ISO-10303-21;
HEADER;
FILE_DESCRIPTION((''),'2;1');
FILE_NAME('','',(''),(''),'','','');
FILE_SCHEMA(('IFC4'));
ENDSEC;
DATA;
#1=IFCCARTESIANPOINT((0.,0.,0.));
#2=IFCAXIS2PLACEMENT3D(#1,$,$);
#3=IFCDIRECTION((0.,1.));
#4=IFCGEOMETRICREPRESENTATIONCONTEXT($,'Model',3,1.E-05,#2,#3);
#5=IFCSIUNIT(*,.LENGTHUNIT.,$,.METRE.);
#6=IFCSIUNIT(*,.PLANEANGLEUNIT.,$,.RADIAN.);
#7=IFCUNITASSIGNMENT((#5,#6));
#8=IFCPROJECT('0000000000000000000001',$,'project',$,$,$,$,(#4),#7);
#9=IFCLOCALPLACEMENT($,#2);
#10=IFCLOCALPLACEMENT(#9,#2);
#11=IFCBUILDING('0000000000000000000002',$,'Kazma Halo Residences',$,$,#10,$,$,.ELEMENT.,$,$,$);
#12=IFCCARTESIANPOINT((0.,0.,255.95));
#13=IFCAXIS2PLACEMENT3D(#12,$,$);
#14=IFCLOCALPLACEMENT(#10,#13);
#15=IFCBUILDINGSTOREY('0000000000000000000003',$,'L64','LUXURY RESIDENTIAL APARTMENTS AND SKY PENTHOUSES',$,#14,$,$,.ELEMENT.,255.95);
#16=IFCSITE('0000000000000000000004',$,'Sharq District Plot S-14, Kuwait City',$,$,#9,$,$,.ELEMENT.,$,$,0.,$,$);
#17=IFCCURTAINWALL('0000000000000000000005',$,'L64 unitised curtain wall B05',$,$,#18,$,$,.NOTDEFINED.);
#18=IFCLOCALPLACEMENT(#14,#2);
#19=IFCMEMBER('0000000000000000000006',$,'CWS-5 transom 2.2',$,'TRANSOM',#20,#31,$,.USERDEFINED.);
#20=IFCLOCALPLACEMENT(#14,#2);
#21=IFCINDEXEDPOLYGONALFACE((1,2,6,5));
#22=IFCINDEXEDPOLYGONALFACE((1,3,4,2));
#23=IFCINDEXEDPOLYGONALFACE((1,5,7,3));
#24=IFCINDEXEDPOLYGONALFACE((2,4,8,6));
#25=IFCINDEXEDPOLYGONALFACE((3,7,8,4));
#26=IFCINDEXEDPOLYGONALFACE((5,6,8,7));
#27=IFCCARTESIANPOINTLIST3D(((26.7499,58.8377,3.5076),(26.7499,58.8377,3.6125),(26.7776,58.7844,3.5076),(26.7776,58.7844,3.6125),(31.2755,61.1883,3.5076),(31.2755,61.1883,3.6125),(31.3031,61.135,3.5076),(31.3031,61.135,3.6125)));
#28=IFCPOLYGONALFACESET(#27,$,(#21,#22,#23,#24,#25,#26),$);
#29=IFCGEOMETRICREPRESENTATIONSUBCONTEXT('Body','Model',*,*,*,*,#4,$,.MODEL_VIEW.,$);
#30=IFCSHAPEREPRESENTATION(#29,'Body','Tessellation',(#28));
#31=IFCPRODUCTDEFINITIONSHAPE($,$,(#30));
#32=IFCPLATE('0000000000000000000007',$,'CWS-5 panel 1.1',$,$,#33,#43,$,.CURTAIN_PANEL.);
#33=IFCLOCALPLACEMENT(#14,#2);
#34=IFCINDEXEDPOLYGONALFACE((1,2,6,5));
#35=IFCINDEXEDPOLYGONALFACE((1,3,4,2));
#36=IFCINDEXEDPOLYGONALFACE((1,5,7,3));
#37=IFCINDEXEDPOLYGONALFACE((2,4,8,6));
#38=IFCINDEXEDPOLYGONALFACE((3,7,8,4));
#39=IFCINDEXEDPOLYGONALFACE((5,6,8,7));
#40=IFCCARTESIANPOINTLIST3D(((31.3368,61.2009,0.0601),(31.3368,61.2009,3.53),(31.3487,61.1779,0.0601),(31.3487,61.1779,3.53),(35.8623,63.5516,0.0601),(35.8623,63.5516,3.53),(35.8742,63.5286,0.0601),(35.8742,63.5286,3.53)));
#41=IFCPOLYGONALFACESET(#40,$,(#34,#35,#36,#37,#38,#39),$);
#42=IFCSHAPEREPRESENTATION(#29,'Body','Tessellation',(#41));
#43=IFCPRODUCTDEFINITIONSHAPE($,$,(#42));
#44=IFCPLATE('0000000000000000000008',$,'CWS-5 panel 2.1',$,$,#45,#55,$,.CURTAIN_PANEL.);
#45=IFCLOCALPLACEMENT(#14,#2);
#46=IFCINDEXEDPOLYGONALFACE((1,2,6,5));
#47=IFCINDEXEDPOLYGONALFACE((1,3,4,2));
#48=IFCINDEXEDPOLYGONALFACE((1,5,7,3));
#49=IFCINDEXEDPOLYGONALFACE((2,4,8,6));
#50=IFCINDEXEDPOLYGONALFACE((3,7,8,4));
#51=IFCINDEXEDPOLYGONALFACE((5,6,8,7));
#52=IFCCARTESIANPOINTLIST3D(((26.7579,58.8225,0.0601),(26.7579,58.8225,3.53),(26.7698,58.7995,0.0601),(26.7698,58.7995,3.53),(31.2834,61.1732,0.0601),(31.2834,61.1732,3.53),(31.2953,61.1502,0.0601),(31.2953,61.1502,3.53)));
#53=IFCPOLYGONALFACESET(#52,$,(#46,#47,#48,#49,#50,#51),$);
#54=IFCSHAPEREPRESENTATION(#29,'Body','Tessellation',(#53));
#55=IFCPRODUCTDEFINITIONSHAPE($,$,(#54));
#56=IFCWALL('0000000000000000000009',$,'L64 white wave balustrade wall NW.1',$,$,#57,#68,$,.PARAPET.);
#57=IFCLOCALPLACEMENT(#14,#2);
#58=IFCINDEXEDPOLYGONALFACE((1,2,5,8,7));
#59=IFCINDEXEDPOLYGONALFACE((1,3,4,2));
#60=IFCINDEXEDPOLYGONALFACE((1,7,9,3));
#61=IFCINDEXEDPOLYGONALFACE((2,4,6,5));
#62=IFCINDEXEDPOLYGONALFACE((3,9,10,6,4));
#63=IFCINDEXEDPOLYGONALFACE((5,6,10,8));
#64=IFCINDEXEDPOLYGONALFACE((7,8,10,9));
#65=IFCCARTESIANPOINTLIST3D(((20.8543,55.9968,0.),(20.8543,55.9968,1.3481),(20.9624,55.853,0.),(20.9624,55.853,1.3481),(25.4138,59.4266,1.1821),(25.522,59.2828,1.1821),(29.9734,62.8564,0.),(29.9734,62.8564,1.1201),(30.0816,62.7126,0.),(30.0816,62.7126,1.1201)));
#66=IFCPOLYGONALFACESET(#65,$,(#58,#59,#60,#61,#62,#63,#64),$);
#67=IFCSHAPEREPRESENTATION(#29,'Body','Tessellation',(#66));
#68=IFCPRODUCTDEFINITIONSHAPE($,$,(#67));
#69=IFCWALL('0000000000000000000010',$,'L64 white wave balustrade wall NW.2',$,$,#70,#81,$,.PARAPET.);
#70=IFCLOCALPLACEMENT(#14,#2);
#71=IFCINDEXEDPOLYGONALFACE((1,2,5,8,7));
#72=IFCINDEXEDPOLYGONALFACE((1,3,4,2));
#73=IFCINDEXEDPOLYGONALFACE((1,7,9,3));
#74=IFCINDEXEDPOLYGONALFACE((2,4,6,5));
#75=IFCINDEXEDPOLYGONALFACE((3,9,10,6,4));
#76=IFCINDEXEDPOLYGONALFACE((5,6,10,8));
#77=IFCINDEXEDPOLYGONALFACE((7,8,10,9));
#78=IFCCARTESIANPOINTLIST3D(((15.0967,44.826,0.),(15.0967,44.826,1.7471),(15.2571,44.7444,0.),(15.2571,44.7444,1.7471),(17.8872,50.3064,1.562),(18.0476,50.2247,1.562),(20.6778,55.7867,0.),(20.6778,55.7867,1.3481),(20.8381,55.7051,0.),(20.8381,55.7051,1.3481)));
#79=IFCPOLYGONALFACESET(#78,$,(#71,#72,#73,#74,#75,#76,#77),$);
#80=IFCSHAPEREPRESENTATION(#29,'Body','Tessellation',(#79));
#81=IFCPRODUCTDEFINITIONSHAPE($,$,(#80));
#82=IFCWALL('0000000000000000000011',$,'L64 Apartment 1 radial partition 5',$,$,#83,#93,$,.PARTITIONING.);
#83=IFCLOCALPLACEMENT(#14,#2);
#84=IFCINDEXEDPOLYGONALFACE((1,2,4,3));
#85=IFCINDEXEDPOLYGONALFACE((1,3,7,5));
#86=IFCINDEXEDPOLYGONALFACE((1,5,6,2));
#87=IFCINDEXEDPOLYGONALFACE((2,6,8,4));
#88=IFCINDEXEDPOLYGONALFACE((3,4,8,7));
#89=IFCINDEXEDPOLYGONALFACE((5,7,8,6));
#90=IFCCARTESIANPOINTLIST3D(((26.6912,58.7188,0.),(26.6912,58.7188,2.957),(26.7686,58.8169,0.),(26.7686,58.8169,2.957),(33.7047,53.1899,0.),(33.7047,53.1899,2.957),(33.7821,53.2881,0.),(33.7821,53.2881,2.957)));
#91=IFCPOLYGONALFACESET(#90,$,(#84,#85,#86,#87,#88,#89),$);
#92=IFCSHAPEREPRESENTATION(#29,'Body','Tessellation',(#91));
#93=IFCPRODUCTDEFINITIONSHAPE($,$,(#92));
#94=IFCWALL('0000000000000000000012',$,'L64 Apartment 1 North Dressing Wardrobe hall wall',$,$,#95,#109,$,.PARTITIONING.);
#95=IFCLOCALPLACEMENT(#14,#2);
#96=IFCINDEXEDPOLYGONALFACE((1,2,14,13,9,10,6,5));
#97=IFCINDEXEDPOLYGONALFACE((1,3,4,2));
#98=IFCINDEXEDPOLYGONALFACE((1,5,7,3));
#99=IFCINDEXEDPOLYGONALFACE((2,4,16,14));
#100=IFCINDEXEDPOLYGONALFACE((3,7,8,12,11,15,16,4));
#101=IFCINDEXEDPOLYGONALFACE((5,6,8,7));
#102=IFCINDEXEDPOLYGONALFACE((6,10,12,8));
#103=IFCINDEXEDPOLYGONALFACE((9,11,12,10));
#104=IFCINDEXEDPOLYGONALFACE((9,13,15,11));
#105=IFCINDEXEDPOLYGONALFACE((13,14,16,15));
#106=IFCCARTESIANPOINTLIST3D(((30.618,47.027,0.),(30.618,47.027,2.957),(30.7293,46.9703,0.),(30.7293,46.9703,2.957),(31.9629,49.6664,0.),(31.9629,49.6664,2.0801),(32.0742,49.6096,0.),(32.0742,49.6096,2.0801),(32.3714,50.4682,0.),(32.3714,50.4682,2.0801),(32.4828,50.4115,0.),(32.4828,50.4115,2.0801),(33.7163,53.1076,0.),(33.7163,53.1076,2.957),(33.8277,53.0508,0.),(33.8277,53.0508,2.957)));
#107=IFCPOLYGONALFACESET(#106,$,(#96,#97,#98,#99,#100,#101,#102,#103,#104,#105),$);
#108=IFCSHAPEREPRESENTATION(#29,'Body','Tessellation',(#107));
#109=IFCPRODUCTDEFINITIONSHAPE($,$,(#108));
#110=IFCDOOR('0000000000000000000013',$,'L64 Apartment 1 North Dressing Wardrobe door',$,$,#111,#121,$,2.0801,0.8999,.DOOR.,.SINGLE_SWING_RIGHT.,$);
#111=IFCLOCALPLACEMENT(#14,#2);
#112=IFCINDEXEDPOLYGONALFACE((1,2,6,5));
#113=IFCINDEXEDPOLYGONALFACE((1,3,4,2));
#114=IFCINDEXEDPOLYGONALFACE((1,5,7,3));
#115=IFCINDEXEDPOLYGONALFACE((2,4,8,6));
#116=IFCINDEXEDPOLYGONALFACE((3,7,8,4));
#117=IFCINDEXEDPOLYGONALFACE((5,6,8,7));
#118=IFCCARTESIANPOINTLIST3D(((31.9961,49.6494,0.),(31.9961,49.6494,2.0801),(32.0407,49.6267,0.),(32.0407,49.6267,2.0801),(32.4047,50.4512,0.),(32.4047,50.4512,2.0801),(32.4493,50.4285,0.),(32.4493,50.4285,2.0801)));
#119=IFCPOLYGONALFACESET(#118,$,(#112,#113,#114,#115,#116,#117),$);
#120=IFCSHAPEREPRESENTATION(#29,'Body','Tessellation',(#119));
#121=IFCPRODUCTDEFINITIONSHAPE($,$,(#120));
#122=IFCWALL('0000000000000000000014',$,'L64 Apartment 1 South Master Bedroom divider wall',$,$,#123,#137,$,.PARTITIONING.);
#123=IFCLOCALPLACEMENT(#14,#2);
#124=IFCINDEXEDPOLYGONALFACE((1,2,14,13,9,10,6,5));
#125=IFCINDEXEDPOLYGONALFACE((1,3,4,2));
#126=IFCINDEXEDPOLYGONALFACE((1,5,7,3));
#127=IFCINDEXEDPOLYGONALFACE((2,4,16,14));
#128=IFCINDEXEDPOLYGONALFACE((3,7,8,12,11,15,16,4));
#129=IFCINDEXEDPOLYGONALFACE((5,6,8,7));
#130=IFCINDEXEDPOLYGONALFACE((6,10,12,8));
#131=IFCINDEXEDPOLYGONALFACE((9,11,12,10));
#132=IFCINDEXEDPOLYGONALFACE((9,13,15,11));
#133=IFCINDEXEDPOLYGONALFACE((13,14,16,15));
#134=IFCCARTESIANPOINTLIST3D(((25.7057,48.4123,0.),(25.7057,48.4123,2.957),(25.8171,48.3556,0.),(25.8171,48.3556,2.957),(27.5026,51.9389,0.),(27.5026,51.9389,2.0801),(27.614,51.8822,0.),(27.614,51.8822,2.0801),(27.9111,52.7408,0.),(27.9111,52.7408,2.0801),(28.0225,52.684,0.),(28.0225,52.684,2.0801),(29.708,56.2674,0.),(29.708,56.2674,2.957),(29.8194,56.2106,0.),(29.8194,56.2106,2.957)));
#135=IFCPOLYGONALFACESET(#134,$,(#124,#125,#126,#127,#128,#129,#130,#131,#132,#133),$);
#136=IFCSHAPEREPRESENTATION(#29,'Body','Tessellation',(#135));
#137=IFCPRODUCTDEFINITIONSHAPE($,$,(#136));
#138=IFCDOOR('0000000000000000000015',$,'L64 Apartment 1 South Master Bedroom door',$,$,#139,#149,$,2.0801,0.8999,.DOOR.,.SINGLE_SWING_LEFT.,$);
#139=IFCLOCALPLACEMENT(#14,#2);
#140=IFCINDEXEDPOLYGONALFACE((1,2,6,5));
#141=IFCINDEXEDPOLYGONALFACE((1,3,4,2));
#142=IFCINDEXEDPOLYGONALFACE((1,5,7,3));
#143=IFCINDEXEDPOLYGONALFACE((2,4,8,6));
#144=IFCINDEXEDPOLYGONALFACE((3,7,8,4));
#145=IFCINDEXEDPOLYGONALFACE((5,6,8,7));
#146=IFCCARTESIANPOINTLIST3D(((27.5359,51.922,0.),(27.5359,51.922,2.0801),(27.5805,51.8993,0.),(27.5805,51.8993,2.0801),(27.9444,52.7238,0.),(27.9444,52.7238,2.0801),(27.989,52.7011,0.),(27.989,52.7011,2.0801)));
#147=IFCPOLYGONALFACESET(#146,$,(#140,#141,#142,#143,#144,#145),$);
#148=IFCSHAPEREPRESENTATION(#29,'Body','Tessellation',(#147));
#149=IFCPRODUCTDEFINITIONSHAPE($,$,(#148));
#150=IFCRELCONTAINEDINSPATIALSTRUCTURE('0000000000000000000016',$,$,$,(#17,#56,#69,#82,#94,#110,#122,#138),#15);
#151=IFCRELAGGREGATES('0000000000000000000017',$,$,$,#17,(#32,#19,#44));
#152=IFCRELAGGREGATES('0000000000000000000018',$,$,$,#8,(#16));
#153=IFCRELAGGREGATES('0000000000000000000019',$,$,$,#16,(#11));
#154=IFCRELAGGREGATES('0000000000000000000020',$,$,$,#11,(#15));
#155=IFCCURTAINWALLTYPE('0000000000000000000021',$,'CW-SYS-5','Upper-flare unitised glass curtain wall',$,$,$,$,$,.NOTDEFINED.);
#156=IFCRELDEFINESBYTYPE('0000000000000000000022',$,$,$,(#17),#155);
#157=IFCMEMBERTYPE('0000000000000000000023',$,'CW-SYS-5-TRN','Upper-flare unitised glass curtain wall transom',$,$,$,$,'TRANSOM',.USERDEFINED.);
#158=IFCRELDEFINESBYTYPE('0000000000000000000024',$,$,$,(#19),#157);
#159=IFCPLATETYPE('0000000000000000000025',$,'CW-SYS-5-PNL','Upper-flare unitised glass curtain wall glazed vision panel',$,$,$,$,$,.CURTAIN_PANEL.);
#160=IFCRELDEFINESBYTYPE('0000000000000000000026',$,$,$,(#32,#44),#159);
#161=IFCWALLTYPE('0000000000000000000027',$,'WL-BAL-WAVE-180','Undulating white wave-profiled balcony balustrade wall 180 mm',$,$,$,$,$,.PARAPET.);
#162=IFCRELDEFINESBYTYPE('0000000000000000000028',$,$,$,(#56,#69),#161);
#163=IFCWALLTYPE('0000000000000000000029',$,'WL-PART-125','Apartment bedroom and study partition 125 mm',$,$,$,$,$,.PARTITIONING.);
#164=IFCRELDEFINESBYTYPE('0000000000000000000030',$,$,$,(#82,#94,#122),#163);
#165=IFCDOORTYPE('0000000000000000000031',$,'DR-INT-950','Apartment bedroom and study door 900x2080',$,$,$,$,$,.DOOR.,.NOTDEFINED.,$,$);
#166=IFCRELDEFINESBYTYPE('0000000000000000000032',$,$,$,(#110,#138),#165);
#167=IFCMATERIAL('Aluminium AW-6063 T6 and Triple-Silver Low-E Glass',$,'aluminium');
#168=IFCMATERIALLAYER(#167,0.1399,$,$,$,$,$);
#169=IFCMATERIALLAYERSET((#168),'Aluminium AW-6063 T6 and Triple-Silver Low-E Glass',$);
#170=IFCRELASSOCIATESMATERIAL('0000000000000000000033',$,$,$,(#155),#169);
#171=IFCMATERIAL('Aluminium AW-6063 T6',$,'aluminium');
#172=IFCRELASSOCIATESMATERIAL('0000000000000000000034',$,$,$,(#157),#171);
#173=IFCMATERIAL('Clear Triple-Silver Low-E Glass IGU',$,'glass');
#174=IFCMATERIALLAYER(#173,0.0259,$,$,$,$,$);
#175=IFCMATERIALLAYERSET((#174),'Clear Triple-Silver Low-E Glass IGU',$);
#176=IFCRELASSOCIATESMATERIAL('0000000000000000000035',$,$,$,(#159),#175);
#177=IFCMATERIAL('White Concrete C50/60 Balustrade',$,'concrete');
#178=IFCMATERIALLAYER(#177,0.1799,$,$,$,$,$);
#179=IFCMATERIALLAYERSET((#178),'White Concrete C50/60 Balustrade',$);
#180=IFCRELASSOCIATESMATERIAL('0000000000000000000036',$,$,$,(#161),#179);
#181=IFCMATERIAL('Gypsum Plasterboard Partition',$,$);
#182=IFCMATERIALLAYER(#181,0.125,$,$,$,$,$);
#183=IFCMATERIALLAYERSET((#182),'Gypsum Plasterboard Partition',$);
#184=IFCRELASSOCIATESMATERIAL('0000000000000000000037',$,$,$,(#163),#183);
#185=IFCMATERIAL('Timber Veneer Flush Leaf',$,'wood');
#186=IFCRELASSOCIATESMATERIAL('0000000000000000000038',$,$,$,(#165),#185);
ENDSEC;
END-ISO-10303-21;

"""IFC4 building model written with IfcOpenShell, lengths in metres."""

from ifc_helpers import new_model, si_unit, direction, frame, frame_2d, origin, origin_2d, place, context, subcontext, project, spatial, polyline, rectangle, outline, extrude, material, layer, layer_set, material_profile, profile_set, type_object, element, fill, aggregate, save


model = new_model("IFC4")

# Units and contexts
model_context = context("Model", 3, precision=1e-05, world=origin(), true_north=direction((0.0, 1.0)))
body_context = subcontext(model_context, "Body", "Model", "MODEL_VIEW")
ifc_project = project(units=[si_unit("LENGTHUNIT", "METRE"), si_unit("PLANEANGLEUNIT", "RADIAN")], contexts=[model_context])

# Site, building, storey
site_placement = place(None, origin())
site = spatial("IfcSite", under=ifc_project, at=site_placement, Name="Sharq District Plot S-14, Kuwait City", CompositionType="ELEMENT", RefElevation=0.0)
building_placement = place(site_placement, origin())
building = spatial("IfcBuilding", under=site, at=building_placement, Name="Kazma Halo Residences", CompositionType="ELEMENT")
storey_placement = place(building_placement, frame((0.0, 0.0, 255.95)))
storey = spatial("IfcBuildingStorey", under=building, at=storey_placement, Name="L64", Description="LUXURY RESIDENTIAL APARTMENTS AND SKY PENTHOUSES", CompositionType="ELEMENT", Elevation=255.95)

# Curtain wall
ifc_material_1 = material(Name="Aluminium AW-6063 T6 and Triple-Silver Low-E Glass", Category="aluminium")
ifc_layer_1 = layer(ifc_material_1, 0.1399)
ifc_layer_set_1 = layer_set([ifc_layer_1], Name="Aluminium AW-6063 T6 and Triple-Silver Low-E Glass")
curtain_wall_type = type_object("IfcCurtainWallType", Name="CW-SYS-5", Description="Upper-flare unitised glass curtain wall", PredefinedType="NOTDEFINED", material=ifc_layer_set_1)
curtain_wall_1_placement = place(storey_placement, origin())
curtain_wall_1 = element("IfcCurtainWall", 1, at=curtain_wall_1_placement, inside=storey, type_object=curtain_wall_type, Name="L64 unitised curtain wall B05", PredefinedType="NOTDEFINED")
ifc_material_2 = material(Name="Aluminium AW-6063 T6", Category="aluminium")

# Member
ifc_material_profile_1 = material_profile(ifc_material_2, rectangle(XDim=0.0601, YDim=0.105, at=origin_2d()), Name="CWT-60x105")
ifc_profile_set_1 = profile_set([ifc_material_profile_1], Name="Aluminium AW-6063 T6")
member_type_1 = type_object("IfcMemberType", Name="CW-SYS-5-TRN", Description="Upper-flare unitised glass curtain wall transom", ElementType="TRANSOM", PredefinedType="USERDEFINED", material=ifc_profile_set_1)
member_1_placement = place(storey_placement, frame((31.2893, 61.1616, 3.5601), z_axis=(-0.887437, -0.460929, 0.0), x_axis=(0.460929, -0.887437, 0.0)))
member_1 = element("IfcMember", 2, at=member_1_placement, type_object=member_type_1, Name="CWS-5 transom 2.2", ObjectType="TRANSOM", PredefinedType="USERDEFINED", context=body_context, shape_type="SweptSolid", body=[
    extrude(rectangle(XDim=0.0601, YDim=0.105, at=origin_2d()), origin(), (0.0, 0.0, 1.0), 5.0996),
])

# Plates
ifc_material_3 = material(Name="Clear Triple-Silver Low-E Glass IGU", Category="glass")
ifc_layer_2 = layer(ifc_material_3, 0.0259)
ifc_layer_set_2 = layer_set([ifc_layer_2], Name="Clear Triple-Silver Low-E Glass IGU")
plate_type = type_object("IfcPlateType", Name="CW-SYS-5-PNL", Description="Upper-flare unitised glass curtain wall glazed vision panel", PredefinedType="CURTAIN_PANEL", material=ifc_layer_set_2)
plate_1_placement = place(storey_placement, frame((33.6055, 62.3647, 0.0601), z_axis=(0.0, 0.0, 1.0), x_axis=(-0.887421, -0.460961, 0.0)))
plate_1 = element("IfcPlate", 3, at=plate_1_placement, type_object=plate_type, Name="CWS-5 panel 1.1", PredefinedType="CURTAIN_PANEL", context=body_context, shape_type="SweptSolid", body=[
    extrude(rectangle(XDim=5.0996, YDim=0.0259, at=origin_2d()), origin(), (0.0, 0.0, 1.0), 3.47),
])
plate_2_placement = place(storey_placement, frame((29.0266, 59.9863, 0.0601), z_axis=(0.0, 0.0, 1.0), x_axis=(-0.887421, -0.460961, 0.0)))
plate_2 = element("IfcPlate", 4, at=plate_2_placement, type_object=plate_type, Name="CWS-5 panel 2.1", PredefinedType="CURTAIN_PANEL", context=body_context, shape_type="SweptSolid", body=[
    extrude(rectangle(XDim=5.0996, YDim=0.0259, at=origin_2d()), origin(), (0.0, 0.0, 1.0), 3.47),
])
aggregate(curtain_wall_1, [plate_1, member_1, plate_2])

# Walls
ifc_material_4 = material(Name="White Concrete C50/60 Balustrade", Category="concrete")
ifc_layer_3 = layer(ifc_material_4, 0.1799)
ifc_layer_set_3 = layer_set([ifc_layer_3], Name="White Concrete C50/60 Balustrade")
wall_type_1 = type_object("IfcWallType", Name="WL-BAL-WAVE-180", Description="Undulating white wave-profiled balcony balustrade wall 180 mm", PredefinedType="PARAPET", material=ifc_layer_set_3)
wall_1_placement = place(storey_placement, frame((30.0276, 62.7844, 0.0), z_axis=(0.0, 0.0, 1.0), x_axis=(-0.799147, -0.601136, 0.0)))
element("IfcWall", 5, at=wall_1_placement, inside=storey, type_object=wall_type_1, Name="L64 white wave balustrade wall NW.1", PredefinedType="PARAPET", context=body_context, shape_type="SweptSolid", body=[
    extrude(outline(polyline([(0.0, 0.0), (11.4111, 0.0), (11.4111, 1.3481), (5.7056, 1.1821), (0.0, 1.1201), (0.0, 0.0)])), frame((0.0, 0.0898, 0.0), z_axis=(0.0, -1.0, 0.0), x_axis=(1.0, 0.0, 0.0)), (0.0, 0.0, 1.0), 0.1799),
])
wall_2_placement = place(storey_placement, frame((20.7581, 55.7458, 0.0), z_axis=(0.0, 0.0, 1.0), x_axis=(-0.453752, -0.891128, 0.0)))
element("IfcWall", 6, at=wall_2_placement, inside=storey, type_object=wall_type_1, Name="L64 white wave balustrade wall NW.2", PredefinedType="PARAPET", context=body_context, shape_type="SweptSolid", body=[
    extrude(outline(polyline([(0.0, 0.0), (12.2998, 0.0), (12.2998, 1.7471), (6.1499, 1.562), (0.0, 1.3481), (0.0, 0.0)])), frame((0.0, 0.0898, 0.0), z_axis=(0.0, -1.0, 0.0), x_axis=(1.0, 0.0, 0.0)), (0.0, 0.0, 1.0), 0.1799),
])

# Wall
ifc_material_5 = material(Name="Gypsum Plasterboard Partition")
ifc_layer_4 = layer(ifc_material_5, 0.125)
ifc_layer_set_4 = layer_set([ifc_layer_4], Name="Gypsum Plasterboard Partition")
wall_type_2 = type_object("IfcWallType", Name="WL-PART-125", Description="Apartment bedroom and study partition 125 mm", PredefinedType="PARTITIONING", material=ifc_layer_set_4)
wall_3_placement = place(storey_placement, frame((33.7434, 53.239, 0.0), z_axis=(0.0, 0.0, 1.0), x_axis=(-0.785324, 0.619085, 0.0)))
element("IfcWall", 7, at=wall_3_placement, inside=storey, type_object=wall_type_2, Name="L64 Apartment 1 radial partition 5", PredefinedType="PARTITIONING", context=body_context, shape_type="SweptSolid", body=[
    extrude(rectangle(XDim=8.9307, YDim=0.125, at=frame_2d((4.4653, 0.0))), origin(), (0.0, 0.0, 1.0), 2.957),
])

# Walls, openings, doors
wall_4_placement = place(storey_placement, frame((33.772, 53.0791, 0.0), z_axis=(0.0, 0.0, 1.0), x_axis=(-0.454012, -0.890996, 0.0)))
wall_4 = element("IfcWall", 8, at=wall_4_placement, inside=storey, type_object=wall_type_2, Name="L64 Apartment 1 North Dressing Wardrobe hall wall", PredefinedType="PARTITIONING", context=body_context, shape_type="SweptSolid", body=[
    extrude(rectangle(XDim=6.8245, YDim=0.125, at=frame_2d((3.4121, 0.0))), origin(), (0.0, 0.0, 1.0), 2.957),
])
opening_1_placement = place(wall_4_placement, frame((2.9622, 0.0, 0.0)))
opening_1 = element("IfcOpeningElement", 9, at=opening_1_placement, cuts=wall_4, PredefinedType="OPENING", context=body_context, shape_type="SweptSolid", body=[
    extrude(rectangle(XDim=0.8999, YDim=2.0801, at=frame_2d((0.45, 1.04))), frame((0.0, 0.0725, 0.0), z_axis=(0.0, -1.0, 0.0), x_axis=(1.0, 0.0, 0.0)), (0.0, 0.0, 1.0), 0.145),
])
ifc_material_6 = material(Name="Timber Veneer Flush Leaf", Category="wood")
door_type_1 = type_object("IfcDoorType", Name="DR-INT-950", Description="Apartment bedroom and study door 900x2080", OperationType="NOTDEFINED", PredefinedType="DOOR", material=ifc_material_6)
door_1_placement = place(opening_1_placement, origin())
door_1 = element("IfcDoor", 10, at=door_1_placement, inside=storey, type_object=door_type_1, Name="L64 Apartment 1 North Dressing Wardrobe door", OperationType="SINGLE_SWING_RIGHT", OverallHeight=2.0801, OverallWidth=0.8999, PredefinedType="DOOR", context=body_context, shape_type="SweptSolid", body=[
    extrude(rectangle(XDim=0.8999, YDim=2.0801, at=frame_2d((0.45, 1.04))), frame((0.0, 0.0249, 0.0), z_axis=(0.0, -1.0, 0.0), x_axis=(1.0, 0.0, 0.0)), (0.0, 0.0, 1.0), 0.05),
])
fill(opening_1, door_1)
wall_5_placement = place(storey_placement, frame((29.7637, 56.239, 0.0), z_axis=(0.0, 0.0, 1.0), x_axis=(-0.45398, -0.891012, 0.0)))
wall_5 = element("IfcWall", 11, at=wall_5_placement, inside=storey, type_object=wall_type_2, Name="L64 Apartment 1 South Master Bedroom divider wall", PredefinedType="PARTITIONING", context=body_context, shape_type="SweptSolid", body=[
    extrude(rectangle(XDim=8.8159, YDim=0.125, at=frame_2d((4.408, 0.0))), origin(), (0.0, 0.0, 1.0), 2.957),
])
opening_2_placement = place(wall_5_placement, frame((3.958, 0.0, 0.0)))
opening_2 = element("IfcOpeningElement", 12, at=opening_2_placement, cuts=wall_5, PredefinedType="OPENING", context=body_context, shape_type="SweptSolid", body=[
    extrude(rectangle(XDim=0.8999, YDim=2.0801, at=frame_2d((0.45, 1.04))), frame((0.0, 0.0725, 0.0), z_axis=(0.0, -1.0, 0.0), x_axis=(1.0, 0.0, 0.0)), (0.0, 0.0, 1.0), 0.145),
])
door_2_placement = place(opening_2_placement, origin())
door_2 = element("IfcDoor", 13, at=door_2_placement, inside=storey, type_object=door_type_1, Name="L64 Apartment 1 South Master Bedroom door", OperationType="SINGLE_SWING_LEFT", OverallHeight=2.0801, OverallWidth=0.8999, PredefinedType="DOOR", context=body_context, shape_type="SweptSolid", body=[
    extrude(rectangle(XDim=0.8999, YDim=2.0801, at=frame_2d((0.45, 1.04))), frame((0.0, 0.0249, 0.0), z_axis=(0.0, -1.0, 0.0), x_axis=(1.0, 0.0, 0.0)), (0.0, 0.0, 1.0), 0.05),
])
fill(opening_2, door_2)

save(model, "model.ifc")
